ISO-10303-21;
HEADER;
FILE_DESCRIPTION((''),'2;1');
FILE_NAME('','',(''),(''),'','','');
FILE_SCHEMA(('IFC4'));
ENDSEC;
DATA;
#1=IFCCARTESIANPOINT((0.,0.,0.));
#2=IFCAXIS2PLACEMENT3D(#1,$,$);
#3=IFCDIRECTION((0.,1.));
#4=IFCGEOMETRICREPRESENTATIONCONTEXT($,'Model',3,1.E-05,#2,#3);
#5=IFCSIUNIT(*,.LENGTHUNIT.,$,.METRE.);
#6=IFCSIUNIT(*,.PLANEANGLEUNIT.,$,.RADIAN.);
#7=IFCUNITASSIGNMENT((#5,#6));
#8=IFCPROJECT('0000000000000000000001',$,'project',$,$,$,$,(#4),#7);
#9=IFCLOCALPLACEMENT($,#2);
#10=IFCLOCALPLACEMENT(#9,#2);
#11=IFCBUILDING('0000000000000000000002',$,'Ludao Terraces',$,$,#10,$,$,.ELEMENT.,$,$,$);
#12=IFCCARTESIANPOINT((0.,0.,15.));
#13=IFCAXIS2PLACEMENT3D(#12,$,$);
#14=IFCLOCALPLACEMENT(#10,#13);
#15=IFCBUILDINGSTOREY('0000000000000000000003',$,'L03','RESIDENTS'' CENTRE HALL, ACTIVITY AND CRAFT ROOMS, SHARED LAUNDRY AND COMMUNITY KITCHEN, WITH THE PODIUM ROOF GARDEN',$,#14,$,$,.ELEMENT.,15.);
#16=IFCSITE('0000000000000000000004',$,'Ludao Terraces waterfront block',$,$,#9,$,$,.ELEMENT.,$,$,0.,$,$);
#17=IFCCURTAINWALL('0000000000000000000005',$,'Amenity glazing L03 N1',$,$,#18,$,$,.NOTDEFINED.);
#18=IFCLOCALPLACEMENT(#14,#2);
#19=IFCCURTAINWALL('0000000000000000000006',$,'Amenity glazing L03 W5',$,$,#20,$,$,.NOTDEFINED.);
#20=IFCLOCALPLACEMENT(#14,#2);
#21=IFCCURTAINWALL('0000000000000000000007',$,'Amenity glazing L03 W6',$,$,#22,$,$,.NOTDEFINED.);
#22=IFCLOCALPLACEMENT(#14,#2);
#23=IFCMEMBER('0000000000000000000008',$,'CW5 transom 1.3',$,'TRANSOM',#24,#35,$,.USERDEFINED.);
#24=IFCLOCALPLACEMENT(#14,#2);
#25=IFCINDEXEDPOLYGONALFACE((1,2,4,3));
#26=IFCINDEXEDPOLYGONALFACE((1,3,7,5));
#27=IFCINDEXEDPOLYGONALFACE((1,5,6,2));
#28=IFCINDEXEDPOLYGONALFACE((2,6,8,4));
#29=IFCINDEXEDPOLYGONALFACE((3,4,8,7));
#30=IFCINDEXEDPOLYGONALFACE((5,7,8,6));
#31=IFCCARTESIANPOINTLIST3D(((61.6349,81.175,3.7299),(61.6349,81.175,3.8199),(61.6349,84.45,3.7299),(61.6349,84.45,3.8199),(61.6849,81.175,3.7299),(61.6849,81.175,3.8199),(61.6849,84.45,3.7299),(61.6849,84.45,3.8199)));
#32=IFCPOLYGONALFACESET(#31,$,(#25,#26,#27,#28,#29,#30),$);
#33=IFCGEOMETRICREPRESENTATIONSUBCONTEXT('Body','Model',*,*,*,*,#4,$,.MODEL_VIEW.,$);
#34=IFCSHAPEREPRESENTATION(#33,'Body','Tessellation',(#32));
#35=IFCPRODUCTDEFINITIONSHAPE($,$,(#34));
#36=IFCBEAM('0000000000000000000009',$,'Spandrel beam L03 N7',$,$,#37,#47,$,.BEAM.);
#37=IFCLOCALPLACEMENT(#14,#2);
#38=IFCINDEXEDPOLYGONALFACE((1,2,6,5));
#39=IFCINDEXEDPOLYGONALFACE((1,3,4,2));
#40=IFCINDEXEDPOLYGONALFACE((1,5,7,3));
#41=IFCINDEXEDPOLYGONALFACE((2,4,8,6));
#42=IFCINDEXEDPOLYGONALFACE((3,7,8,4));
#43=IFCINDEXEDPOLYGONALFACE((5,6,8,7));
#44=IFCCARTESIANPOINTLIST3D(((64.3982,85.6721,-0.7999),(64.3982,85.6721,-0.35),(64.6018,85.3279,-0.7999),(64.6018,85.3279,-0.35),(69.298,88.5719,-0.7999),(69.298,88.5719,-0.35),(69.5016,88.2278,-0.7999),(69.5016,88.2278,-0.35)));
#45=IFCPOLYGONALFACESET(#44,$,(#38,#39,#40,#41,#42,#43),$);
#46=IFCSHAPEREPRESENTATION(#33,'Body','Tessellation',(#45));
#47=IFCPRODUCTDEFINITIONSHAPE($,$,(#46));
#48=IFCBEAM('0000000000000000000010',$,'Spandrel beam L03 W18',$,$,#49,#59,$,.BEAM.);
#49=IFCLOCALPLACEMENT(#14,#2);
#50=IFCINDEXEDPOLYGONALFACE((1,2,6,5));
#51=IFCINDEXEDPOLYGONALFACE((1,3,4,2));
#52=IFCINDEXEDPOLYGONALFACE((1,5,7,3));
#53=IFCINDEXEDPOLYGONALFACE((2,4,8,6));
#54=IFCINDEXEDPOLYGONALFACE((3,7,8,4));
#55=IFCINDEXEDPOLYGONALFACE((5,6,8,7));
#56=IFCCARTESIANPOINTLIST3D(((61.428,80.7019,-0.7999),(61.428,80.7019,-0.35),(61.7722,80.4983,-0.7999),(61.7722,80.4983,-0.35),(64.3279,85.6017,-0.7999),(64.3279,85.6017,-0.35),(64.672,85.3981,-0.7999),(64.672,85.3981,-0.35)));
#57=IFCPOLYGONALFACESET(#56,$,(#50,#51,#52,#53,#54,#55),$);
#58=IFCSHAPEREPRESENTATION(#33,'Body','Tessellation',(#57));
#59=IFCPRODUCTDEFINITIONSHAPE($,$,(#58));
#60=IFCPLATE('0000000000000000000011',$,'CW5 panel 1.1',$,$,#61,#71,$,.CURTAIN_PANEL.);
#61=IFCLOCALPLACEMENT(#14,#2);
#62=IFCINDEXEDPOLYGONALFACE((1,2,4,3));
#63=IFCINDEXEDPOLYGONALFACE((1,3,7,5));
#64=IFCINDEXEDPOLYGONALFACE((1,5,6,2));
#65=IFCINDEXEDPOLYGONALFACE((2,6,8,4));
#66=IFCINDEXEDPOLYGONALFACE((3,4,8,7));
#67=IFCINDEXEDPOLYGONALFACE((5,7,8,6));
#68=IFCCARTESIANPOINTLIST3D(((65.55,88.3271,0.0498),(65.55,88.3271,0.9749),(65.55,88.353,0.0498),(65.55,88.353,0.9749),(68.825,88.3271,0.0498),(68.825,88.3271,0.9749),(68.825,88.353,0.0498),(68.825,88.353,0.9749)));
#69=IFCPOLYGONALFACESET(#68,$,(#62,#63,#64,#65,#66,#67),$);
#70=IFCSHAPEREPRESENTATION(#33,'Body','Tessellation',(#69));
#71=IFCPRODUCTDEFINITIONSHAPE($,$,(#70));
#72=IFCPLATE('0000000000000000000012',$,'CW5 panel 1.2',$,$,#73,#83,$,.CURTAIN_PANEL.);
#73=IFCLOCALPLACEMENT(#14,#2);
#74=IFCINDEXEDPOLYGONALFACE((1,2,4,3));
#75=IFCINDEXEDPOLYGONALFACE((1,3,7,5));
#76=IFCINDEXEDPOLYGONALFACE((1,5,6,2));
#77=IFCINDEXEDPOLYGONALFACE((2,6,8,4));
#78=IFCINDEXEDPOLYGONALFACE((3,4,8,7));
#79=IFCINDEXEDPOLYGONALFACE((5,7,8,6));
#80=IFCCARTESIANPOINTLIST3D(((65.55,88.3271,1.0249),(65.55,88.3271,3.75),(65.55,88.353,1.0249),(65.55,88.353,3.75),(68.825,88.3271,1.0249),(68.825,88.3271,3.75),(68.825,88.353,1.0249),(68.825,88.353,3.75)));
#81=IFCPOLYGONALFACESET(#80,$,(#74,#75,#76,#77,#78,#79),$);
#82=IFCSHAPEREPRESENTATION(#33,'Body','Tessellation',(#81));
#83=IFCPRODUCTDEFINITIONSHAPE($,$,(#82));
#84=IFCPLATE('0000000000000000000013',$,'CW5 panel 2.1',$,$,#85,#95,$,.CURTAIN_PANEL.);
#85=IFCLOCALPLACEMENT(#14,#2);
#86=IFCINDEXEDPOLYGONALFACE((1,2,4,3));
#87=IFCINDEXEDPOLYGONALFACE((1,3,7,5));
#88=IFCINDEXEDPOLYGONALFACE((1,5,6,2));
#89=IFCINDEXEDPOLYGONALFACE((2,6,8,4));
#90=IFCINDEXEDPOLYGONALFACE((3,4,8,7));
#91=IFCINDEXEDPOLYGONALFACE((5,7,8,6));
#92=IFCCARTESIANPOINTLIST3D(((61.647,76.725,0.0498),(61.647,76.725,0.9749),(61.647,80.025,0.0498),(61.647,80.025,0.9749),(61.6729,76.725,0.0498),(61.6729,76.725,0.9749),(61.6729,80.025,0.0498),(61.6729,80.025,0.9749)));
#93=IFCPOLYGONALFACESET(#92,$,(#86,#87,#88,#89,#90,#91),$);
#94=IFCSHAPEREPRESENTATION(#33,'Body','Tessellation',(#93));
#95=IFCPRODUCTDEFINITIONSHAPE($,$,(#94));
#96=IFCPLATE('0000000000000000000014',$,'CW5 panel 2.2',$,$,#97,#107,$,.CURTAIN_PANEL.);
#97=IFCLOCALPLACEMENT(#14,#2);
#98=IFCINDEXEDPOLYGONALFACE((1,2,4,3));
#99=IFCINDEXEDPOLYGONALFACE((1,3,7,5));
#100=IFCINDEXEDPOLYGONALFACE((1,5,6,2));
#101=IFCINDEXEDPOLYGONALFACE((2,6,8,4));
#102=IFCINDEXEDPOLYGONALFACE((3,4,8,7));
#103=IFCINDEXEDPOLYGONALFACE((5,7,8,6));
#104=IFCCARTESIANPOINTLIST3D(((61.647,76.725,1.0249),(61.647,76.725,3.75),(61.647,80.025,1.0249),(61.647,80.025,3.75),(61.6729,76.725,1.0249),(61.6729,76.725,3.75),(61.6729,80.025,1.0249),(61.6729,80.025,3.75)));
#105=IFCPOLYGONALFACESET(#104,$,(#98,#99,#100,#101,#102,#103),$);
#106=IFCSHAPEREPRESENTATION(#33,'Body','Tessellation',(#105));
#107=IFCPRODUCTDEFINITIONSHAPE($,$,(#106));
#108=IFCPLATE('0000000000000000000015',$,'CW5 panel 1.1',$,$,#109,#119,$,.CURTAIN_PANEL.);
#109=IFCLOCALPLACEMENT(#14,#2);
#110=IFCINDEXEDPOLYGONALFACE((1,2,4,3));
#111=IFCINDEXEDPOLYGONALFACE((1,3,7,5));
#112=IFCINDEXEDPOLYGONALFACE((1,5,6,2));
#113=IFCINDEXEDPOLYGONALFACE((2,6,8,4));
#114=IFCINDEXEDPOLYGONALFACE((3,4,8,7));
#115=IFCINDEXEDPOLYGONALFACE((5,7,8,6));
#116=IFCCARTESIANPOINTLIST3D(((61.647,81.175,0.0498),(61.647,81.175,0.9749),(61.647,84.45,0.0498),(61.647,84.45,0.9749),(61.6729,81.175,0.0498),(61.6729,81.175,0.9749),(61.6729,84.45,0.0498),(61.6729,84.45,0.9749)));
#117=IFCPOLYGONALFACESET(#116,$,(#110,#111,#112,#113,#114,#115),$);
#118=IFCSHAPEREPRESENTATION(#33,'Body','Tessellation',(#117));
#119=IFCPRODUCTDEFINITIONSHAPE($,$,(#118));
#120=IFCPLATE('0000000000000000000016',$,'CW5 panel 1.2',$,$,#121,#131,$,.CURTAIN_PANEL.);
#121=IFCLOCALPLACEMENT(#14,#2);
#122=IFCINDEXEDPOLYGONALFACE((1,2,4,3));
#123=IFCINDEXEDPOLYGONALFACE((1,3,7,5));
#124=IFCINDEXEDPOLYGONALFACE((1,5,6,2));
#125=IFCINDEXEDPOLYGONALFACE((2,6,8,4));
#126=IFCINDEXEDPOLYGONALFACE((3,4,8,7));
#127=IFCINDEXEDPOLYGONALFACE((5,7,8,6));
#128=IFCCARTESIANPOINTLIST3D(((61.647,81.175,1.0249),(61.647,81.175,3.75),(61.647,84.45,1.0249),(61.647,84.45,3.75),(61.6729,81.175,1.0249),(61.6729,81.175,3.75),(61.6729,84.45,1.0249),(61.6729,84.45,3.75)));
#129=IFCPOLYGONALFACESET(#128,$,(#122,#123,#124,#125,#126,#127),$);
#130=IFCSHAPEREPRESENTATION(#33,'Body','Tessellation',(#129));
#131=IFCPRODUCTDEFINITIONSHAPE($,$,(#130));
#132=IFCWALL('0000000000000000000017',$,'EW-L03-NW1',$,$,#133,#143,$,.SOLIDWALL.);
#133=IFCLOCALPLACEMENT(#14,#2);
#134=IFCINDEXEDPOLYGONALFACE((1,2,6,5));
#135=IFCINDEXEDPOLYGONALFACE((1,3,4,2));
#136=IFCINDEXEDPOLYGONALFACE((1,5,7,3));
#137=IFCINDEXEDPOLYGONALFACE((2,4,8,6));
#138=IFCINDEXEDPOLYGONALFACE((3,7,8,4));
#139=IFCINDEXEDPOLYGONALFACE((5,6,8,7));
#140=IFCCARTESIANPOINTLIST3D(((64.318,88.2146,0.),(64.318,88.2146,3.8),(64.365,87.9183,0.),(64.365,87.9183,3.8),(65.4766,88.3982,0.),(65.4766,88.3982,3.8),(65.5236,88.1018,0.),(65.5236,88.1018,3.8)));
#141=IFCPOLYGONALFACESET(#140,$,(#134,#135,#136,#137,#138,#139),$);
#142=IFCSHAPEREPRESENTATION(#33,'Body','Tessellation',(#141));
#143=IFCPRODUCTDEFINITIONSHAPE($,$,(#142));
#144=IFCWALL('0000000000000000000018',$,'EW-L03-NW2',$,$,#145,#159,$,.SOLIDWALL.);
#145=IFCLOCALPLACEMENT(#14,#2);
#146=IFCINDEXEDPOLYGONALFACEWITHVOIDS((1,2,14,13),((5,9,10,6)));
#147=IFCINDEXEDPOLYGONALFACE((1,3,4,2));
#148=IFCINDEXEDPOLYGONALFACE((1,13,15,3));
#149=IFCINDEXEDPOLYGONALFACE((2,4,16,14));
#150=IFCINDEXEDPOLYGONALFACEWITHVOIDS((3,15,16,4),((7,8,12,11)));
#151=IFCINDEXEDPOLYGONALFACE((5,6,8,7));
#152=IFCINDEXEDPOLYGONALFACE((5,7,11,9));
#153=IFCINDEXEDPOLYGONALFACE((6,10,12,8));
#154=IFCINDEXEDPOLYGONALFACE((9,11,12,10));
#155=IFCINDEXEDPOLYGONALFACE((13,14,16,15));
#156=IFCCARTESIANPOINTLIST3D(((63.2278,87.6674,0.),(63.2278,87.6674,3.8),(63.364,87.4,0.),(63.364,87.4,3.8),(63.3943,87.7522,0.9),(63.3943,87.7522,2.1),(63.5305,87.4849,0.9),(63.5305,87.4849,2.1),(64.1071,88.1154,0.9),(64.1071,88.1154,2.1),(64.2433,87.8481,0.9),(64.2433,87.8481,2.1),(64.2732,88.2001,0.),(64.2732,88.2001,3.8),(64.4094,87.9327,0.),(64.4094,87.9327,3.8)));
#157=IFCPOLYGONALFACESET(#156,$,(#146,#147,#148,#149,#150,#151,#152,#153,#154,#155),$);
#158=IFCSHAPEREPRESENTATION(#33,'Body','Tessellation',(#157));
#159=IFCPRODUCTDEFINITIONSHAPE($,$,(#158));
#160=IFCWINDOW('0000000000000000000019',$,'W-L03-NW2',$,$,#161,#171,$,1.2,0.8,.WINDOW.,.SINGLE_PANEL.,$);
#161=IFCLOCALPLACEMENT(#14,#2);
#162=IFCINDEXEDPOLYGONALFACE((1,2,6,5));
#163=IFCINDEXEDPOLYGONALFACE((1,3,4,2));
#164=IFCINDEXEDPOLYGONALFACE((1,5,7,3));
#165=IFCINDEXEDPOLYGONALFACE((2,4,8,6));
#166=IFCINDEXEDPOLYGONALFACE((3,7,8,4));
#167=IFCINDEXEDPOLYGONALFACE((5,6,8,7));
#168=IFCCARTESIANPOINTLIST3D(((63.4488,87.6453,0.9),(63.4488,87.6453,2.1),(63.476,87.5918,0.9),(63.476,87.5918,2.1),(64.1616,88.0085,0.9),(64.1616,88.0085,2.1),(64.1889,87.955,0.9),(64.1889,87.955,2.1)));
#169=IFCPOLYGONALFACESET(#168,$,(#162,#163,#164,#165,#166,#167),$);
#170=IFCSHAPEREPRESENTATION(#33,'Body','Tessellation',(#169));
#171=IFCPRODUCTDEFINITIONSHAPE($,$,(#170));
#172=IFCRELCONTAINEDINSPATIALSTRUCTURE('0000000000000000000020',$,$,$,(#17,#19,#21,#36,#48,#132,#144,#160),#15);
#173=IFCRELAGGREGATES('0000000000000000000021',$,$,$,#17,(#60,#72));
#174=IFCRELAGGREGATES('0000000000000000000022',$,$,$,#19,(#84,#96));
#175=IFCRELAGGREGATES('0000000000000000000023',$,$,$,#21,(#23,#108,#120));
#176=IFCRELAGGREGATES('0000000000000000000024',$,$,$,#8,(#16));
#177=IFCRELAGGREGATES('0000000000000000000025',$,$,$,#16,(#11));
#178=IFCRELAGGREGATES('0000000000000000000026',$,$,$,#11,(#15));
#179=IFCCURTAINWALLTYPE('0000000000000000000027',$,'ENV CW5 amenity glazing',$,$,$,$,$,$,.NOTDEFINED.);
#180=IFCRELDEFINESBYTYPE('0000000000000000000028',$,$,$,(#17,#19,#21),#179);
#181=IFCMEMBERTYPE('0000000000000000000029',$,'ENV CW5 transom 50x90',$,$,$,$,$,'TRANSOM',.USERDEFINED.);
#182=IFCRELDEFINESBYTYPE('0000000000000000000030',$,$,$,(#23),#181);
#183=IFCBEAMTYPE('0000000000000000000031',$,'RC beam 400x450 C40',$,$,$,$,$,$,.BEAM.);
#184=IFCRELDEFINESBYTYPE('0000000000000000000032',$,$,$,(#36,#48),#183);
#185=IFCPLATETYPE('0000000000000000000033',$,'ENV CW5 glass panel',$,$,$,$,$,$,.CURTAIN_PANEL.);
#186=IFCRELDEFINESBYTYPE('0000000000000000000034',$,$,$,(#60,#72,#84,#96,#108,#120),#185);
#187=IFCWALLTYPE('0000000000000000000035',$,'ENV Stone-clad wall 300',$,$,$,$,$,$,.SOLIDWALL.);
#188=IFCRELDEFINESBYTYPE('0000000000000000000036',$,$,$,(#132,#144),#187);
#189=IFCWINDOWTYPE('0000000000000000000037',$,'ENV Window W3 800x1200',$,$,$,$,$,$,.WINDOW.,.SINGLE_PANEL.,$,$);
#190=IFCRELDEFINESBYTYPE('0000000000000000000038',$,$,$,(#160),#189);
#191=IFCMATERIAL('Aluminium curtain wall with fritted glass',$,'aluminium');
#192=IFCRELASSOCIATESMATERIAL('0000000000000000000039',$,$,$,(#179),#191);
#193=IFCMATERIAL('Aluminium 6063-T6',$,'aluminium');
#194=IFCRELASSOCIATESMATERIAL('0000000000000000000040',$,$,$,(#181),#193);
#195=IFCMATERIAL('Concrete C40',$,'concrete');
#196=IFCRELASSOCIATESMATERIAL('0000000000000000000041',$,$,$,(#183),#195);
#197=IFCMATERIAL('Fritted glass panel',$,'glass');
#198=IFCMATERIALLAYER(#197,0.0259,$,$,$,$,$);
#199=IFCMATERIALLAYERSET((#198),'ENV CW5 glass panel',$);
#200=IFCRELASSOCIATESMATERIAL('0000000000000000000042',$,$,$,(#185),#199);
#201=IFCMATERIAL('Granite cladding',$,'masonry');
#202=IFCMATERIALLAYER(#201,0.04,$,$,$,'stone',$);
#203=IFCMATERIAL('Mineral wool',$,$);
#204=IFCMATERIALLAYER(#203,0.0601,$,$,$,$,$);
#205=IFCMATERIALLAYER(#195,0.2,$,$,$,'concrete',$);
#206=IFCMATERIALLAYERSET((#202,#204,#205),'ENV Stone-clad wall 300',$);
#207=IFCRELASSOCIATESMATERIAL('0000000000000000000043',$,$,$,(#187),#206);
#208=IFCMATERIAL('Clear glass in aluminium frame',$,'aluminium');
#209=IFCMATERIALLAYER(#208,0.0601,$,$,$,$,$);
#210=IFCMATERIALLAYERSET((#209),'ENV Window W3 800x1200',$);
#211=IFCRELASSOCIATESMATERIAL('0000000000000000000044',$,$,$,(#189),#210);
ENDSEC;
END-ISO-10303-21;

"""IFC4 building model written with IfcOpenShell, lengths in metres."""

from ifc_helpers import new_model, si_unit, direction, frame, frame_2d, origin, origin_2d, place, context, subcontext, project, spatial, rectangle, extrude, material, layer, layer_set, material_profile, profile_set, type_object, element, fill, aggregate, save


model = new_model("IFC4")

# Units and contexts
model_context = context("Model", 3, precision=1e-05, world=origin(), true_north=direction((0.0, 1.0)))
body_context = subcontext(model_context, "Body", "Model", "MODEL_VIEW")
ifc_project = project(units=[si_unit("LENGTHUNIT", "METRE"), si_unit("PLANEANGLEUNIT", "RADIAN")], contexts=[model_context])

# Site, building, storey
site_placement = place(None, origin())
site = spatial("IfcSite", under=ifc_project, at=site_placement, Name="Ludao Terraces waterfront block", CompositionType="ELEMENT", RefElevation=0.0)
building_placement = place(site_placement, origin())
building = spatial("IfcBuilding", under=site, at=building_placement, Name="Ludao Terraces", CompositionType="ELEMENT")
storey_placement = place(building_placement, frame((0.0, 0.0, 15.0)))
storey = spatial("IfcBuildingStorey", under=building, at=storey_placement, Name="L03", Description="RESIDENTS' CENTRE HALL, ACTIVITY AND CRAFT ROOMS, SHARED LAUNDRY AND COMMUNITY KITCHEN, WITH THE PODIUM ROOF GARDEN", CompositionType="ELEMENT", Elevation=15.0)

# Curtain wall
ifc_material_1 = material(Name="Aluminium curtain wall with fritted glass", Category="aluminium")
curtain_wall_type = type_object("IfcCurtainWallType", Name="ENV CW5 amenity glazing", PredefinedType="NOTDEFINED", material=ifc_material_1)
curtain_wall_1_placement = place(storey_placement, origin())
curtain_wall_1 = element("IfcCurtainWall", 1, at=curtain_wall_1_placement, inside=storey, type_object=curtain_wall_type, Name="Amenity glazing L03 N1", PredefinedType="NOTDEFINED")
ifc_material_2 = material(Name="Aluminium 6063-T6", Category="aluminium")

# Curtain wall
curtain_wall_2_placement = place(storey_placement, origin())
curtain_wall_2 = element("IfcCurtainWall", 2, at=curtain_wall_2_placement, inside=storey, type_object=curtain_wall_type, Name="Amenity glazing L03 W5", PredefinedType="NOTDEFINED")

# Curtain wall
curtain_wall_3_placement = place(storey_placement, origin())
curtain_wall_3 = element("IfcCurtainWall", 3, at=curtain_wall_3_placement, inside=storey, type_object=curtain_wall_type, Name="Amenity glazing L03 W6", PredefinedType="NOTDEFINED")

# Member
ifc_material_profile_1 = material_profile(ifc_material_2, rectangle(XDim=0.05, YDim=0.0901, at=origin_2d()), Name="50 X 90")
ifc_profile_set_1 = profile_set([ifc_material_profile_1], Name="Aluminium 6063-T6")
member_type_1 = type_object("IfcMemberType", Name="ENV CW5 transom 50x90", ElementType="TRANSOM", PredefinedType="USERDEFINED", material=ifc_profile_set_1)
member_1_placement = place(storey_placement, frame((61.6599, 81.175, 3.7749), z_axis=(0.0, 1.0, 0.0), x_axis=(-1.0, 0.0, 0.0)))
member_1 = element("IfcMember", 4, at=member_1_placement, type_object=member_type_1, Name="CW5 transom 1.3", ObjectType="TRANSOM", PredefinedType="USERDEFINED", context=body_context, shape_type="SweptSolid", body=[
    extrude(rectangle(XDim=0.05, YDim=0.0901, at=origin_2d()), origin(), (0.0, 0.0, 1.0), 3.2749),
])

# Beams
ifc_material_3 = material(Name="Concrete C40", Category="concrete")
ifc_material_profile_2 = material_profile(ifc_material_3, rectangle(XDim=0.3999, YDim=0.45, at=origin_2d()), Name="400 X 450")
ifc_profile_set_2 = profile_set([ifc_material_profile_2], Name="Concrete C40")
beam_type = type_object("IfcBeamType", Name="RC beam 400x450 C40", PredefinedType="BEAM", material=ifc_profile_set_2)
for number, where, z_axis, x_axis, name in (
    (5, (64.5, 85.5, -0.575), (0.86058, 0.509316, 0.0), (-0.509316, 0.86058, 0.0), "Spandrel beam L03 N7"),
    (6, (61.6001, 80.6001, -0.575), (0.509316, 0.86058, 0.0), (-0.86058, 0.509316, 0.0), "Spandrel beam L03 W18"),
):
    element("IfcBeam", number, at=place(storey_placement, frame(where, z_axis=z_axis, x_axis=x_axis)), inside=storey, type_object=beam_type, Name=name, PredefinedType="BEAM", context=body_context, shape_type="SweptSolid", body=[
        extrude(rectangle(XDim=0.3999, YDim=0.45, at=origin_2d()), origin(), (0.0, 0.0, 1.0), 5.6936),
    ])

# Plates
ifc_material_4 = material(Name="Fritted glass panel", Category="glass")
ifc_layer_1 = layer(ifc_material_4, 0.0259)
ifc_layer_set_1 = layer_set([ifc_layer_1], Name="ENV CW5 glass panel")
plate_type = type_object("IfcPlateType", Name="ENV CW5 glass panel", PredefinedType="CURTAIN_PANEL", material=ifc_layer_set_1)
plate_1_placement = place(storey_placement, frame((67.1875, 88.3401, 0.0498), z_axis=(0.0, 0.0, 1.0), x_axis=(1.0, 0.0, 0.0)))
plate_1 = element("IfcPlate", 7, at=plate_1_placement, type_object=plate_type, Name="CW5 panel 1.1", PredefinedType="CURTAIN_PANEL", context=body_context, shape_type="SweptSolid", body=[
    extrude(rectangle(XDim=3.2749, YDim=0.0259, at=origin_2d()), origin(), (0.0, 0.0, 1.0), 0.925),
])
plate_2_placement = place(storey_placement, frame((67.1875, 88.3401, 1.0249), z_axis=(0.0, 0.0, 1.0), x_axis=(1.0, 0.0, 0.0)))
plate_2 = element("IfcPlate", 8, at=plate_2_placement, type_object=plate_type, Name="CW5 panel 1.2", PredefinedType="CURTAIN_PANEL", context=body_context, shape_type="SweptSolid", body=[
    extrude(rectangle(XDim=3.2749, YDim=0.0259, at=origin_2d()), origin(), (0.0, 0.0, 1.0), 2.7251),
])
aggregate(curtain_wall_1, [plate_1, plate_2])
plate_3_placement = place(storey_placement, frame((61.6599, 78.375, 0.0498), z_axis=(0.0, 0.0, 1.0), x_axis=(0.0, 1.0, 0.0)))
plate_3 = element("IfcPlate", 9, at=plate_3_placement, type_object=plate_type, Name="CW5 panel 2.1", PredefinedType="CURTAIN_PANEL", context=body_context, shape_type="SweptSolid", body=[
    extrude(rectangle(XDim=3.3, YDim=0.0259, at=origin_2d()), origin(), (0.0, 0.0, 1.0), 0.925),
])
plate_4_placement = place(storey_placement, frame((61.6599, 78.375, 1.0249), z_axis=(0.0, 0.0, 1.0), x_axis=(0.0, 1.0, 0.0)))
plate_4 = element("IfcPlate", 10, at=plate_4_placement, type_object=plate_type, Name="CW5 panel 2.2", PredefinedType="CURTAIN_PANEL", context=body_context, shape_type="SweptSolid", body=[
    extrude(rectangle(XDim=3.3, YDim=0.0259, at=origin_2d()), origin(), (0.0, 0.0, 1.0), 2.7251),
])
aggregate(curtain_wall_2, [plate_3, plate_4])
plate_5_placement = place(storey_placement, frame((61.6599, 82.8125, 0.0498), z_axis=(0.0, 0.0, 1.0), x_axis=(0.0, 1.0, 0.0)))
plate_5 = element("IfcPlate", 11, at=plate_5_placement, type_object=plate_type, Name="CW5 panel 1.1", PredefinedType="CURTAIN_PANEL", context=body_context, shape_type="SweptSolid", body=[
    extrude(rectangle(XDim=3.2749, YDim=0.0259, at=origin_2d()), origin(), (0.0, 0.0, 1.0), 0.925),
])
plate_6_placement = place(storey_placement, frame((61.6599, 82.8125, 1.0249), z_axis=(0.0, 0.0, 1.0), x_axis=(0.0, 1.0, 0.0)))
plate_6 = element("IfcPlate", 12, at=plate_6_placement, type_object=plate_type, Name="CW5 panel 1.2", PredefinedType="CURTAIN_PANEL", context=body_context, shape_type="SweptSolid", body=[
    extrude(rectangle(XDim=3.2749, YDim=0.0259, at=origin_2d()), origin(), (0.0, 0.0, 1.0), 2.7251),
])
aggregate(curtain_wall_3, [member_1, plate_5, plate_6])

# Wall
ifc_material_5 = material(Name="Granite cladding", Category="masonry")
ifc_layer_2 = layer(ifc_material_5, 0.04, Category="stone")
ifc_material_6 = material(Name="Mineral wool")
ifc_layer_3 = layer(ifc_material_6, 0.0601)
ifc_layer_4 = layer(ifc_material_3, 0.2, Category="concrete")
ifc_layer_set_2 = layer_set([ifc_layer_2, ifc_layer_3, ifc_layer_4], Name="ENV Stone-clad wall 300")
wall_type_1 = type_object("IfcWallType", Name="ENV Stone-clad wall 300", PredefinedType="SOLIDWALL", material=ifc_layer_set_2)
wall_1_placement = place(storey_placement, frame((65.5, 88.25, 0.0), z_axis=(0.0, 0.0, 1.0), x_axis=(-0.987678, -0.156497, 0.0)))
element("IfcWall", 13, at=wall_1_placement, inside=storey, type_object=wall_type_1, Name="EW-L03-NW1", PredefinedType="SOLIDWALL", context=body_context, shape_type="SweptSolid", body=[
    extrude(rectangle(XDim=1.1731, YDim=0.3, at=frame_2d((0.5864, 0.0))), origin(), (0.0, 0.0, 1.0), 3.8),
])

# Wall, opening, window
wall_2_placement = place(storey_placement, frame((64.3413, 88.0664, 0.0), z_axis=(0.0, 0.0, 1.0), x_axis=(-0.890989, -0.454026, 0.0)))
wall_2 = element("IfcWall", 14, at=wall_2_placement, inside=storey, type_object=wall_type_1, Name="EW-L03-NW2", PredefinedType="SOLIDWALL", context=body_context, shape_type="SweptSolid", body=[
    extrude(rectangle(XDim=1.1733, YDim=0.3, at=frame_2d((0.5867, 0.0))), origin(), (0.0, 0.0, 1.0), 3.8),
])
opening_1_placement = place(wall_2_placement, frame((0.1865, 0.0, 0.8999)))
opening_1 = element("IfcOpeningElement", 15, at=opening_1_placement, cuts=wall_2, PredefinedType="OPENING", context=body_context, shape_type="SweptSolid", body=[
    extrude(rectangle(XDim=0.8, YDim=1.2, at=frame_2d((0.3999, 0.6001))), frame((0.0, 0.1602, 0.0), z_axis=(0.0, -1.0, 0.0), x_axis=(1.0, 0.0, 0.0)), (0.0, 0.0, 1.0), 0.3201),
])
ifc_material_7 = material(Name="Clear glass in aluminium frame", Category="aluminium")
ifc_layer_5 = layer(ifc_material_7, 0.0601)
ifc_layer_set_3 = layer_set([ifc_layer_5], Name="ENV Window W3 800x1200")
window_type = type_object("IfcWindowType", Name="ENV Window W3 800x1200", PartitioningType="SINGLE_PANEL", PredefinedType="WINDOW", material=ifc_layer_set_3)
window_1_placement = place(opening_1_placement, origin())
window_1 = element("IfcWindow", 16, at=window_1_placement, inside=storey, type_object=window_type, Name="W-L03-NW2", OverallHeight=1.2, OverallWidth=0.8, PartitioningType="SINGLE_PANEL", PredefinedType="WINDOW", context=body_context, shape_type="SweptSolid", body=[
    extrude(rectangle(XDim=0.8, YDim=1.2, at=frame_2d((0.3999, 0.6001))), frame((0.0, 0.03, 0.0), z_axis=(0.0, -1.0, 0.0), x_axis=(1.0, 0.0, 0.0)), (0.0, 0.0, 1.0), 0.0601),
])
fill(opening_1, window_1)

save(model, "model.ifc")
